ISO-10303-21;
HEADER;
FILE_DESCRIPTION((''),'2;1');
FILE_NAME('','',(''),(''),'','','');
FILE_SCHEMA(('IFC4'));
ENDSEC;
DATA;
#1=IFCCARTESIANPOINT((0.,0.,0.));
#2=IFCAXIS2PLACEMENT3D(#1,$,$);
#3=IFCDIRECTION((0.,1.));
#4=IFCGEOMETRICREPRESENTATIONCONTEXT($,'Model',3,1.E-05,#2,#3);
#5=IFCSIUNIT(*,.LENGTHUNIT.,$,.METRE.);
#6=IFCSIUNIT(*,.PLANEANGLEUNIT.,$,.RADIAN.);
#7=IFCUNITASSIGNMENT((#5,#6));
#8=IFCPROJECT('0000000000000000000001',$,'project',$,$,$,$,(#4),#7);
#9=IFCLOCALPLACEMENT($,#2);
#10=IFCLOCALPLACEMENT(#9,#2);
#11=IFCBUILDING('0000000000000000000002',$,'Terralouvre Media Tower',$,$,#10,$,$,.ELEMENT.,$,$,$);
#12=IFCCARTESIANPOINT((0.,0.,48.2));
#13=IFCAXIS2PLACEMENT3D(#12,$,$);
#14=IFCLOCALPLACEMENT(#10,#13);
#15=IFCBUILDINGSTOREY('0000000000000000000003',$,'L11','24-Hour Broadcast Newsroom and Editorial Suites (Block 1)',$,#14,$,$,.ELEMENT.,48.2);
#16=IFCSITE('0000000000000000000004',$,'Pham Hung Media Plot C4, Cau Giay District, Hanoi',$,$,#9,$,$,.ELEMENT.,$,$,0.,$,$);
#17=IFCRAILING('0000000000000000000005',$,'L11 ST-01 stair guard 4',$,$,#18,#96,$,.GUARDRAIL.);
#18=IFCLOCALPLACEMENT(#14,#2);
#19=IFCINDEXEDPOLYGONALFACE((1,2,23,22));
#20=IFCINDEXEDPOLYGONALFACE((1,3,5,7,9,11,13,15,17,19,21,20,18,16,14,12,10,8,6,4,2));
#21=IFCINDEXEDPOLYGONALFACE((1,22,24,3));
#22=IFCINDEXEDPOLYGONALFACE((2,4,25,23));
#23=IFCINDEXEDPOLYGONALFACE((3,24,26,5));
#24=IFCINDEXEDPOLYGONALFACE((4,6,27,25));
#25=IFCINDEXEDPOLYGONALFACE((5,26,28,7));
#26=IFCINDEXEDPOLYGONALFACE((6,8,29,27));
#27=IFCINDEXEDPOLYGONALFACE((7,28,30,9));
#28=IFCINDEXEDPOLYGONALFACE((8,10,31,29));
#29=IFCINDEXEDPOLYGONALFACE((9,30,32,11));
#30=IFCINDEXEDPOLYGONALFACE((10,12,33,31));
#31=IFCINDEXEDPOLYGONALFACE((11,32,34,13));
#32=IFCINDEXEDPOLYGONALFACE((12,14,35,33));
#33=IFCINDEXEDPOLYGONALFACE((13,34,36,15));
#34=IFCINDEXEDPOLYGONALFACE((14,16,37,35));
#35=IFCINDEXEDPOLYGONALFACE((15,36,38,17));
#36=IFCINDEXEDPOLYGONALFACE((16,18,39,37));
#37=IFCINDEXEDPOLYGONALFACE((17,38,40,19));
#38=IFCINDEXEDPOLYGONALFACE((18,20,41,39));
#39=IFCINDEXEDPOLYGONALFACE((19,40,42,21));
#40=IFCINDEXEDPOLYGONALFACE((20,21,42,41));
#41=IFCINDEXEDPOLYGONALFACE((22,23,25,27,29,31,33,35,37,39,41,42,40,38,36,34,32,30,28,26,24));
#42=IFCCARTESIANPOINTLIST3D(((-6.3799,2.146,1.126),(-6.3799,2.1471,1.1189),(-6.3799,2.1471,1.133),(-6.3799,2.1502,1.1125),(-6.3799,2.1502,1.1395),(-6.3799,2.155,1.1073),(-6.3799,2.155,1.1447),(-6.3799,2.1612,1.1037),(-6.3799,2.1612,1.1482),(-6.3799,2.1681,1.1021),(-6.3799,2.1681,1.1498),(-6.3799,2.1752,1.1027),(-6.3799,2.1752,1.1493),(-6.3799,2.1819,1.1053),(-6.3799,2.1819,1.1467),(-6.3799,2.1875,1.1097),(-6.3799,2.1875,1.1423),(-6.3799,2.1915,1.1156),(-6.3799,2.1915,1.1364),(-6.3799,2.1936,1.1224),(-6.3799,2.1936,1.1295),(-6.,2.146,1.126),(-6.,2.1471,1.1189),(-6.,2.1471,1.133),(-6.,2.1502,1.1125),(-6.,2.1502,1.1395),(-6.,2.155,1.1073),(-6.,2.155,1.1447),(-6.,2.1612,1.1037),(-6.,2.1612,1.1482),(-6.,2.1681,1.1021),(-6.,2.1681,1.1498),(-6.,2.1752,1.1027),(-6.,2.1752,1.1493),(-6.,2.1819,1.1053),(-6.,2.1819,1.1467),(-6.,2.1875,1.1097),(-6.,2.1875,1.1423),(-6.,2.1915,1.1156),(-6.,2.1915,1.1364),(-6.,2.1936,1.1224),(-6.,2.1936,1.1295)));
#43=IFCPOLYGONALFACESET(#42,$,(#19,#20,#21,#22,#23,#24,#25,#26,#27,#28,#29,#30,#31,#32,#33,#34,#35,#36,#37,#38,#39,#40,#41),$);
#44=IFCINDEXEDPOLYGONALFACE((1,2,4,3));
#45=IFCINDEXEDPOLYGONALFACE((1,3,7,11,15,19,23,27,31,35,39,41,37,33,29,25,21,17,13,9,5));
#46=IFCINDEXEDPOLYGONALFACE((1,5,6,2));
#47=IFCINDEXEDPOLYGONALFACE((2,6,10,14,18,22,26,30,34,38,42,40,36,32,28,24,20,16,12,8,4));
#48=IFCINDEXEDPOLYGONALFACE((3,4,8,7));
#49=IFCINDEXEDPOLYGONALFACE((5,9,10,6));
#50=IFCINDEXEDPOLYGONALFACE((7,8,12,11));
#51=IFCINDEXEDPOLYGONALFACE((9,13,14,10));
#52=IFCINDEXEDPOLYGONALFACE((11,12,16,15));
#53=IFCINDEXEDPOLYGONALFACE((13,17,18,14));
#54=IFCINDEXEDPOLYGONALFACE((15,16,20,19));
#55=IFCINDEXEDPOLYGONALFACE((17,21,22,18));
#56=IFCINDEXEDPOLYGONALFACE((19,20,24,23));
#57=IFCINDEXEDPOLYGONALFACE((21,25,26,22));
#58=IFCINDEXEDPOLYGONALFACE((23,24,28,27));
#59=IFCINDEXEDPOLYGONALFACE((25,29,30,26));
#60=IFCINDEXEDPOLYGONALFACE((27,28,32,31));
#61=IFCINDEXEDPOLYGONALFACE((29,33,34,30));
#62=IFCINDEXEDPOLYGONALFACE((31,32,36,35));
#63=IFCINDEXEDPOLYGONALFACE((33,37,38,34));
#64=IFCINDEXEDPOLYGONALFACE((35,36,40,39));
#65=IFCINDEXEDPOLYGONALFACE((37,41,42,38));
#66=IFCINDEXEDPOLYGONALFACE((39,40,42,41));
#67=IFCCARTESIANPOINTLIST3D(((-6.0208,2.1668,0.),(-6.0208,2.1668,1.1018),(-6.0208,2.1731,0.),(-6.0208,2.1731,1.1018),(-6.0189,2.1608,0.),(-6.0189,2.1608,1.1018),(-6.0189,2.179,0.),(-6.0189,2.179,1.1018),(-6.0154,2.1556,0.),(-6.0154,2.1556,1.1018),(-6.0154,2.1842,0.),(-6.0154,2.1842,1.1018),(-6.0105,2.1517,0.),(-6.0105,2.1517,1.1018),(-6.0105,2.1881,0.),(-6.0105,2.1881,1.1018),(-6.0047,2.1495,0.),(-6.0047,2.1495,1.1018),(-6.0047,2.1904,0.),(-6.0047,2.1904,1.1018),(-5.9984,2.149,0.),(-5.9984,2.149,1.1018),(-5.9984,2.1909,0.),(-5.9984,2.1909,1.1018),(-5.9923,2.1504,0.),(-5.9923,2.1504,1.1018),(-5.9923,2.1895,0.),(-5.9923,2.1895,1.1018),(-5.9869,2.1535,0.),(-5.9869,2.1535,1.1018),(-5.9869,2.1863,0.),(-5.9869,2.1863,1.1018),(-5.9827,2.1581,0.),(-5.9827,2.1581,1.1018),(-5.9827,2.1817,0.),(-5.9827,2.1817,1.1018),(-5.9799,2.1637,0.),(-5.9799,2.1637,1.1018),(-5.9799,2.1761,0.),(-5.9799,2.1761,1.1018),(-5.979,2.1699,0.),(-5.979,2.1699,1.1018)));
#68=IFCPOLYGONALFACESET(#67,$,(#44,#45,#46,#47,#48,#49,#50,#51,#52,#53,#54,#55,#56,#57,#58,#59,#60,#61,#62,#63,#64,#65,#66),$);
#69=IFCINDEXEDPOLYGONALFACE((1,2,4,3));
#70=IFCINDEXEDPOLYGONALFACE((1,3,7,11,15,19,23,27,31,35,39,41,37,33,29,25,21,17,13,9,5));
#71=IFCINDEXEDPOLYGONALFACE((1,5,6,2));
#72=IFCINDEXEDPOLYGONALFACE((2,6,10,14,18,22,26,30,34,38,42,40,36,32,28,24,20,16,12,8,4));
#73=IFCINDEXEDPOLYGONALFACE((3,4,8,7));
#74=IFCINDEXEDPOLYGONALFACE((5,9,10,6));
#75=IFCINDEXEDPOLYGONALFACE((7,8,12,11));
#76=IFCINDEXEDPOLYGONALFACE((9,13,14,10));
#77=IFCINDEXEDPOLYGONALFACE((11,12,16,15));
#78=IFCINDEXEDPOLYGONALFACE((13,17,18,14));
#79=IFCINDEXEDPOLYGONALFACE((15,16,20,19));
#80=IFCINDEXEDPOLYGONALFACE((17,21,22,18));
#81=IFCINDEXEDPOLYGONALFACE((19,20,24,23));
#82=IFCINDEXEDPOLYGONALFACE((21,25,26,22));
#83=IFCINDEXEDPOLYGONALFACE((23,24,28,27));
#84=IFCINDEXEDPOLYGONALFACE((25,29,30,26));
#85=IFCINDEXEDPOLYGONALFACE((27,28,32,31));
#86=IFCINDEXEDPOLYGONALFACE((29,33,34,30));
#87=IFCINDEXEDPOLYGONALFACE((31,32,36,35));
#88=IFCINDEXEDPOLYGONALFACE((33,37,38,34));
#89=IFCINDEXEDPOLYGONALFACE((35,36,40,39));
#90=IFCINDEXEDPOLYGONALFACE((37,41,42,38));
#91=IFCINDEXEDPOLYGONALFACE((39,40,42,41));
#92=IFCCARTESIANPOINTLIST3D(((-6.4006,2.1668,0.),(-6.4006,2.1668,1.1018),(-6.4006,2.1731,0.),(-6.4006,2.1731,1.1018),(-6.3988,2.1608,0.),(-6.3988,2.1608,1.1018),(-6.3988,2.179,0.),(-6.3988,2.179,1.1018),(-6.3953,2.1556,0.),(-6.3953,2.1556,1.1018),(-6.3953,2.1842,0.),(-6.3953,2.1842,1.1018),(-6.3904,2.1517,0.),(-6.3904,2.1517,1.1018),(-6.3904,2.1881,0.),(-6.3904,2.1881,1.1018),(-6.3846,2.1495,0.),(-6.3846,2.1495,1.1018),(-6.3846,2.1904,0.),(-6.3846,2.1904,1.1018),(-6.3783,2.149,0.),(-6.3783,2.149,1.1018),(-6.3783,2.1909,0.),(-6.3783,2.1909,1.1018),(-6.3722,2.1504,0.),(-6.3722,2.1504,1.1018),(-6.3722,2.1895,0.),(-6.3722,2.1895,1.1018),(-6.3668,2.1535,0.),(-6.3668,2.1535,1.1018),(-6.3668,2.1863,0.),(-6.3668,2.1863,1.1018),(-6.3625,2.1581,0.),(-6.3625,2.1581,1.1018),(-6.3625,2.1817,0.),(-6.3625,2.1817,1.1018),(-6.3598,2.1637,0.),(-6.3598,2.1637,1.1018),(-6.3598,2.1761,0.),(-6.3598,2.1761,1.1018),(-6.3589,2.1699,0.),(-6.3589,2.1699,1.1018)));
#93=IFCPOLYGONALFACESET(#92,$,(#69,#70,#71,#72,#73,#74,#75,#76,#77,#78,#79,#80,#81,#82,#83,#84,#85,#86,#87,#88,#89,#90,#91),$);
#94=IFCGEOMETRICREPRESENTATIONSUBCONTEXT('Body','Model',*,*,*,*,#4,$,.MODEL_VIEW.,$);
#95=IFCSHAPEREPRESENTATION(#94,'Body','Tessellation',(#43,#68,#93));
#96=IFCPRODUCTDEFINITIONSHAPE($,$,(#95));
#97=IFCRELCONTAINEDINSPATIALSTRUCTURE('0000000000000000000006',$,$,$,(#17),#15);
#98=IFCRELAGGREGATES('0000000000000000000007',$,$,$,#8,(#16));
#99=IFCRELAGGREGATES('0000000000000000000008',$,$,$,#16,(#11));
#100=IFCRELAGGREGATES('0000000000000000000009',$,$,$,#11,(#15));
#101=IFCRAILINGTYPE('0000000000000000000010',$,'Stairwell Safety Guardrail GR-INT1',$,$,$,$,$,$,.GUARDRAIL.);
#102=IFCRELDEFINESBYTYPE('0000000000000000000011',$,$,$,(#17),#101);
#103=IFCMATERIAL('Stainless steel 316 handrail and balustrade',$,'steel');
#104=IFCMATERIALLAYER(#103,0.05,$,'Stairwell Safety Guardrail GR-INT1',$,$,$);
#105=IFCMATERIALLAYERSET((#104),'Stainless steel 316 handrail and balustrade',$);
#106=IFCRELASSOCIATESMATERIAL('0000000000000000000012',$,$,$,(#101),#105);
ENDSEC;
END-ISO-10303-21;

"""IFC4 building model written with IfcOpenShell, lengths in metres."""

from ifc_helpers import new_model, si_unit, direction, frame, origin, origin_2d, place, context, subcontext, project, spatial, circle, extrude, material, layer, layer_set, type_object, element, save


model = new_model("IFC4")

# Units and contexts
model_context = context("Model", 3, precision=1e-05, world=origin(), true_north=direction((0.0, 1.0)))
body_context = subcontext(model_context, "Body", "Model", "MODEL_VIEW")
ifc_project = project(units=[si_unit("LENGTHUNIT", "METRE"), si_unit("PLANEANGLEUNIT", "RADIAN")], contexts=[model_context])

# Site, building, storey
site_placement = place(None, origin())
site = spatial("IfcSite", under=ifc_project, at=site_placement, Name="Pham Hung Media Plot C4, Cau Giay District, Hanoi", CompositionType="ELEMENT", RefElevation=0.0)
building_placement = place(site_placement, origin())
building = spatial("IfcBuilding", under=site, at=building_placement, Name="Terralouvre Media Tower", CompositionType="ELEMENT")
storey_placement = place(building_placement, frame((0.0, 0.0, 48.2)))
storey = spatial("IfcBuildingStorey", under=building, at=storey_placement, Name="L11", Description="24-Hour Broadcast Newsroom and Editorial Suites (Block 1)", CompositionType="ELEMENT", Elevation=48.2)

# Railing
ifc_material_1 = material(Name="Stainless steel 316 handrail and balustrade", Category="steel")
ifc_layer_1 = layer(ifc_material_1, 0.05, Name="Stairwell Safety Guardrail GR-INT1")
ifc_layer_set_1 = layer_set([ifc_layer_1], Name="Stainless steel 316 handrail and balustrade")
railing_type_1 = type_object("IfcRailingType", Name="Stairwell Safety Guardrail GR-INT1", PredefinedType="GUARDRAIL", material=ifc_layer_set_1)
railing_1_placement = place(storey_placement, frame((-6.0, 2.1699, 0.0)))
element("IfcRailing", 1, at=railing_1_placement, inside=storey, type_object=railing_type_1, Name="L11 ST-01 stair guard 4", PredefinedType="GUARDRAIL", context=body_context, shape_type="SweptSolid", body=[
    extrude(circle(Radius=0.0239, at=origin_2d()), frame((0.0, 0.0, 1.126), z_axis=(-1.0, 0.0, 0.0), x_axis=(0.0, -1.0, 0.0)), (0.0, 0.0, 1.0), 0.3799),
    extrude(circle(Radius=0.021, at=origin_2d()), origin(), (0.0, 0.0, 1.0), 1.1018),
    extrude(circle(Radius=0.021, at=origin_2d()), frame((-0.3799, 0.0, 0.0)), (0.0, 0.0, 1.0), 1.1018),
])

save(model, "model.ifc")
